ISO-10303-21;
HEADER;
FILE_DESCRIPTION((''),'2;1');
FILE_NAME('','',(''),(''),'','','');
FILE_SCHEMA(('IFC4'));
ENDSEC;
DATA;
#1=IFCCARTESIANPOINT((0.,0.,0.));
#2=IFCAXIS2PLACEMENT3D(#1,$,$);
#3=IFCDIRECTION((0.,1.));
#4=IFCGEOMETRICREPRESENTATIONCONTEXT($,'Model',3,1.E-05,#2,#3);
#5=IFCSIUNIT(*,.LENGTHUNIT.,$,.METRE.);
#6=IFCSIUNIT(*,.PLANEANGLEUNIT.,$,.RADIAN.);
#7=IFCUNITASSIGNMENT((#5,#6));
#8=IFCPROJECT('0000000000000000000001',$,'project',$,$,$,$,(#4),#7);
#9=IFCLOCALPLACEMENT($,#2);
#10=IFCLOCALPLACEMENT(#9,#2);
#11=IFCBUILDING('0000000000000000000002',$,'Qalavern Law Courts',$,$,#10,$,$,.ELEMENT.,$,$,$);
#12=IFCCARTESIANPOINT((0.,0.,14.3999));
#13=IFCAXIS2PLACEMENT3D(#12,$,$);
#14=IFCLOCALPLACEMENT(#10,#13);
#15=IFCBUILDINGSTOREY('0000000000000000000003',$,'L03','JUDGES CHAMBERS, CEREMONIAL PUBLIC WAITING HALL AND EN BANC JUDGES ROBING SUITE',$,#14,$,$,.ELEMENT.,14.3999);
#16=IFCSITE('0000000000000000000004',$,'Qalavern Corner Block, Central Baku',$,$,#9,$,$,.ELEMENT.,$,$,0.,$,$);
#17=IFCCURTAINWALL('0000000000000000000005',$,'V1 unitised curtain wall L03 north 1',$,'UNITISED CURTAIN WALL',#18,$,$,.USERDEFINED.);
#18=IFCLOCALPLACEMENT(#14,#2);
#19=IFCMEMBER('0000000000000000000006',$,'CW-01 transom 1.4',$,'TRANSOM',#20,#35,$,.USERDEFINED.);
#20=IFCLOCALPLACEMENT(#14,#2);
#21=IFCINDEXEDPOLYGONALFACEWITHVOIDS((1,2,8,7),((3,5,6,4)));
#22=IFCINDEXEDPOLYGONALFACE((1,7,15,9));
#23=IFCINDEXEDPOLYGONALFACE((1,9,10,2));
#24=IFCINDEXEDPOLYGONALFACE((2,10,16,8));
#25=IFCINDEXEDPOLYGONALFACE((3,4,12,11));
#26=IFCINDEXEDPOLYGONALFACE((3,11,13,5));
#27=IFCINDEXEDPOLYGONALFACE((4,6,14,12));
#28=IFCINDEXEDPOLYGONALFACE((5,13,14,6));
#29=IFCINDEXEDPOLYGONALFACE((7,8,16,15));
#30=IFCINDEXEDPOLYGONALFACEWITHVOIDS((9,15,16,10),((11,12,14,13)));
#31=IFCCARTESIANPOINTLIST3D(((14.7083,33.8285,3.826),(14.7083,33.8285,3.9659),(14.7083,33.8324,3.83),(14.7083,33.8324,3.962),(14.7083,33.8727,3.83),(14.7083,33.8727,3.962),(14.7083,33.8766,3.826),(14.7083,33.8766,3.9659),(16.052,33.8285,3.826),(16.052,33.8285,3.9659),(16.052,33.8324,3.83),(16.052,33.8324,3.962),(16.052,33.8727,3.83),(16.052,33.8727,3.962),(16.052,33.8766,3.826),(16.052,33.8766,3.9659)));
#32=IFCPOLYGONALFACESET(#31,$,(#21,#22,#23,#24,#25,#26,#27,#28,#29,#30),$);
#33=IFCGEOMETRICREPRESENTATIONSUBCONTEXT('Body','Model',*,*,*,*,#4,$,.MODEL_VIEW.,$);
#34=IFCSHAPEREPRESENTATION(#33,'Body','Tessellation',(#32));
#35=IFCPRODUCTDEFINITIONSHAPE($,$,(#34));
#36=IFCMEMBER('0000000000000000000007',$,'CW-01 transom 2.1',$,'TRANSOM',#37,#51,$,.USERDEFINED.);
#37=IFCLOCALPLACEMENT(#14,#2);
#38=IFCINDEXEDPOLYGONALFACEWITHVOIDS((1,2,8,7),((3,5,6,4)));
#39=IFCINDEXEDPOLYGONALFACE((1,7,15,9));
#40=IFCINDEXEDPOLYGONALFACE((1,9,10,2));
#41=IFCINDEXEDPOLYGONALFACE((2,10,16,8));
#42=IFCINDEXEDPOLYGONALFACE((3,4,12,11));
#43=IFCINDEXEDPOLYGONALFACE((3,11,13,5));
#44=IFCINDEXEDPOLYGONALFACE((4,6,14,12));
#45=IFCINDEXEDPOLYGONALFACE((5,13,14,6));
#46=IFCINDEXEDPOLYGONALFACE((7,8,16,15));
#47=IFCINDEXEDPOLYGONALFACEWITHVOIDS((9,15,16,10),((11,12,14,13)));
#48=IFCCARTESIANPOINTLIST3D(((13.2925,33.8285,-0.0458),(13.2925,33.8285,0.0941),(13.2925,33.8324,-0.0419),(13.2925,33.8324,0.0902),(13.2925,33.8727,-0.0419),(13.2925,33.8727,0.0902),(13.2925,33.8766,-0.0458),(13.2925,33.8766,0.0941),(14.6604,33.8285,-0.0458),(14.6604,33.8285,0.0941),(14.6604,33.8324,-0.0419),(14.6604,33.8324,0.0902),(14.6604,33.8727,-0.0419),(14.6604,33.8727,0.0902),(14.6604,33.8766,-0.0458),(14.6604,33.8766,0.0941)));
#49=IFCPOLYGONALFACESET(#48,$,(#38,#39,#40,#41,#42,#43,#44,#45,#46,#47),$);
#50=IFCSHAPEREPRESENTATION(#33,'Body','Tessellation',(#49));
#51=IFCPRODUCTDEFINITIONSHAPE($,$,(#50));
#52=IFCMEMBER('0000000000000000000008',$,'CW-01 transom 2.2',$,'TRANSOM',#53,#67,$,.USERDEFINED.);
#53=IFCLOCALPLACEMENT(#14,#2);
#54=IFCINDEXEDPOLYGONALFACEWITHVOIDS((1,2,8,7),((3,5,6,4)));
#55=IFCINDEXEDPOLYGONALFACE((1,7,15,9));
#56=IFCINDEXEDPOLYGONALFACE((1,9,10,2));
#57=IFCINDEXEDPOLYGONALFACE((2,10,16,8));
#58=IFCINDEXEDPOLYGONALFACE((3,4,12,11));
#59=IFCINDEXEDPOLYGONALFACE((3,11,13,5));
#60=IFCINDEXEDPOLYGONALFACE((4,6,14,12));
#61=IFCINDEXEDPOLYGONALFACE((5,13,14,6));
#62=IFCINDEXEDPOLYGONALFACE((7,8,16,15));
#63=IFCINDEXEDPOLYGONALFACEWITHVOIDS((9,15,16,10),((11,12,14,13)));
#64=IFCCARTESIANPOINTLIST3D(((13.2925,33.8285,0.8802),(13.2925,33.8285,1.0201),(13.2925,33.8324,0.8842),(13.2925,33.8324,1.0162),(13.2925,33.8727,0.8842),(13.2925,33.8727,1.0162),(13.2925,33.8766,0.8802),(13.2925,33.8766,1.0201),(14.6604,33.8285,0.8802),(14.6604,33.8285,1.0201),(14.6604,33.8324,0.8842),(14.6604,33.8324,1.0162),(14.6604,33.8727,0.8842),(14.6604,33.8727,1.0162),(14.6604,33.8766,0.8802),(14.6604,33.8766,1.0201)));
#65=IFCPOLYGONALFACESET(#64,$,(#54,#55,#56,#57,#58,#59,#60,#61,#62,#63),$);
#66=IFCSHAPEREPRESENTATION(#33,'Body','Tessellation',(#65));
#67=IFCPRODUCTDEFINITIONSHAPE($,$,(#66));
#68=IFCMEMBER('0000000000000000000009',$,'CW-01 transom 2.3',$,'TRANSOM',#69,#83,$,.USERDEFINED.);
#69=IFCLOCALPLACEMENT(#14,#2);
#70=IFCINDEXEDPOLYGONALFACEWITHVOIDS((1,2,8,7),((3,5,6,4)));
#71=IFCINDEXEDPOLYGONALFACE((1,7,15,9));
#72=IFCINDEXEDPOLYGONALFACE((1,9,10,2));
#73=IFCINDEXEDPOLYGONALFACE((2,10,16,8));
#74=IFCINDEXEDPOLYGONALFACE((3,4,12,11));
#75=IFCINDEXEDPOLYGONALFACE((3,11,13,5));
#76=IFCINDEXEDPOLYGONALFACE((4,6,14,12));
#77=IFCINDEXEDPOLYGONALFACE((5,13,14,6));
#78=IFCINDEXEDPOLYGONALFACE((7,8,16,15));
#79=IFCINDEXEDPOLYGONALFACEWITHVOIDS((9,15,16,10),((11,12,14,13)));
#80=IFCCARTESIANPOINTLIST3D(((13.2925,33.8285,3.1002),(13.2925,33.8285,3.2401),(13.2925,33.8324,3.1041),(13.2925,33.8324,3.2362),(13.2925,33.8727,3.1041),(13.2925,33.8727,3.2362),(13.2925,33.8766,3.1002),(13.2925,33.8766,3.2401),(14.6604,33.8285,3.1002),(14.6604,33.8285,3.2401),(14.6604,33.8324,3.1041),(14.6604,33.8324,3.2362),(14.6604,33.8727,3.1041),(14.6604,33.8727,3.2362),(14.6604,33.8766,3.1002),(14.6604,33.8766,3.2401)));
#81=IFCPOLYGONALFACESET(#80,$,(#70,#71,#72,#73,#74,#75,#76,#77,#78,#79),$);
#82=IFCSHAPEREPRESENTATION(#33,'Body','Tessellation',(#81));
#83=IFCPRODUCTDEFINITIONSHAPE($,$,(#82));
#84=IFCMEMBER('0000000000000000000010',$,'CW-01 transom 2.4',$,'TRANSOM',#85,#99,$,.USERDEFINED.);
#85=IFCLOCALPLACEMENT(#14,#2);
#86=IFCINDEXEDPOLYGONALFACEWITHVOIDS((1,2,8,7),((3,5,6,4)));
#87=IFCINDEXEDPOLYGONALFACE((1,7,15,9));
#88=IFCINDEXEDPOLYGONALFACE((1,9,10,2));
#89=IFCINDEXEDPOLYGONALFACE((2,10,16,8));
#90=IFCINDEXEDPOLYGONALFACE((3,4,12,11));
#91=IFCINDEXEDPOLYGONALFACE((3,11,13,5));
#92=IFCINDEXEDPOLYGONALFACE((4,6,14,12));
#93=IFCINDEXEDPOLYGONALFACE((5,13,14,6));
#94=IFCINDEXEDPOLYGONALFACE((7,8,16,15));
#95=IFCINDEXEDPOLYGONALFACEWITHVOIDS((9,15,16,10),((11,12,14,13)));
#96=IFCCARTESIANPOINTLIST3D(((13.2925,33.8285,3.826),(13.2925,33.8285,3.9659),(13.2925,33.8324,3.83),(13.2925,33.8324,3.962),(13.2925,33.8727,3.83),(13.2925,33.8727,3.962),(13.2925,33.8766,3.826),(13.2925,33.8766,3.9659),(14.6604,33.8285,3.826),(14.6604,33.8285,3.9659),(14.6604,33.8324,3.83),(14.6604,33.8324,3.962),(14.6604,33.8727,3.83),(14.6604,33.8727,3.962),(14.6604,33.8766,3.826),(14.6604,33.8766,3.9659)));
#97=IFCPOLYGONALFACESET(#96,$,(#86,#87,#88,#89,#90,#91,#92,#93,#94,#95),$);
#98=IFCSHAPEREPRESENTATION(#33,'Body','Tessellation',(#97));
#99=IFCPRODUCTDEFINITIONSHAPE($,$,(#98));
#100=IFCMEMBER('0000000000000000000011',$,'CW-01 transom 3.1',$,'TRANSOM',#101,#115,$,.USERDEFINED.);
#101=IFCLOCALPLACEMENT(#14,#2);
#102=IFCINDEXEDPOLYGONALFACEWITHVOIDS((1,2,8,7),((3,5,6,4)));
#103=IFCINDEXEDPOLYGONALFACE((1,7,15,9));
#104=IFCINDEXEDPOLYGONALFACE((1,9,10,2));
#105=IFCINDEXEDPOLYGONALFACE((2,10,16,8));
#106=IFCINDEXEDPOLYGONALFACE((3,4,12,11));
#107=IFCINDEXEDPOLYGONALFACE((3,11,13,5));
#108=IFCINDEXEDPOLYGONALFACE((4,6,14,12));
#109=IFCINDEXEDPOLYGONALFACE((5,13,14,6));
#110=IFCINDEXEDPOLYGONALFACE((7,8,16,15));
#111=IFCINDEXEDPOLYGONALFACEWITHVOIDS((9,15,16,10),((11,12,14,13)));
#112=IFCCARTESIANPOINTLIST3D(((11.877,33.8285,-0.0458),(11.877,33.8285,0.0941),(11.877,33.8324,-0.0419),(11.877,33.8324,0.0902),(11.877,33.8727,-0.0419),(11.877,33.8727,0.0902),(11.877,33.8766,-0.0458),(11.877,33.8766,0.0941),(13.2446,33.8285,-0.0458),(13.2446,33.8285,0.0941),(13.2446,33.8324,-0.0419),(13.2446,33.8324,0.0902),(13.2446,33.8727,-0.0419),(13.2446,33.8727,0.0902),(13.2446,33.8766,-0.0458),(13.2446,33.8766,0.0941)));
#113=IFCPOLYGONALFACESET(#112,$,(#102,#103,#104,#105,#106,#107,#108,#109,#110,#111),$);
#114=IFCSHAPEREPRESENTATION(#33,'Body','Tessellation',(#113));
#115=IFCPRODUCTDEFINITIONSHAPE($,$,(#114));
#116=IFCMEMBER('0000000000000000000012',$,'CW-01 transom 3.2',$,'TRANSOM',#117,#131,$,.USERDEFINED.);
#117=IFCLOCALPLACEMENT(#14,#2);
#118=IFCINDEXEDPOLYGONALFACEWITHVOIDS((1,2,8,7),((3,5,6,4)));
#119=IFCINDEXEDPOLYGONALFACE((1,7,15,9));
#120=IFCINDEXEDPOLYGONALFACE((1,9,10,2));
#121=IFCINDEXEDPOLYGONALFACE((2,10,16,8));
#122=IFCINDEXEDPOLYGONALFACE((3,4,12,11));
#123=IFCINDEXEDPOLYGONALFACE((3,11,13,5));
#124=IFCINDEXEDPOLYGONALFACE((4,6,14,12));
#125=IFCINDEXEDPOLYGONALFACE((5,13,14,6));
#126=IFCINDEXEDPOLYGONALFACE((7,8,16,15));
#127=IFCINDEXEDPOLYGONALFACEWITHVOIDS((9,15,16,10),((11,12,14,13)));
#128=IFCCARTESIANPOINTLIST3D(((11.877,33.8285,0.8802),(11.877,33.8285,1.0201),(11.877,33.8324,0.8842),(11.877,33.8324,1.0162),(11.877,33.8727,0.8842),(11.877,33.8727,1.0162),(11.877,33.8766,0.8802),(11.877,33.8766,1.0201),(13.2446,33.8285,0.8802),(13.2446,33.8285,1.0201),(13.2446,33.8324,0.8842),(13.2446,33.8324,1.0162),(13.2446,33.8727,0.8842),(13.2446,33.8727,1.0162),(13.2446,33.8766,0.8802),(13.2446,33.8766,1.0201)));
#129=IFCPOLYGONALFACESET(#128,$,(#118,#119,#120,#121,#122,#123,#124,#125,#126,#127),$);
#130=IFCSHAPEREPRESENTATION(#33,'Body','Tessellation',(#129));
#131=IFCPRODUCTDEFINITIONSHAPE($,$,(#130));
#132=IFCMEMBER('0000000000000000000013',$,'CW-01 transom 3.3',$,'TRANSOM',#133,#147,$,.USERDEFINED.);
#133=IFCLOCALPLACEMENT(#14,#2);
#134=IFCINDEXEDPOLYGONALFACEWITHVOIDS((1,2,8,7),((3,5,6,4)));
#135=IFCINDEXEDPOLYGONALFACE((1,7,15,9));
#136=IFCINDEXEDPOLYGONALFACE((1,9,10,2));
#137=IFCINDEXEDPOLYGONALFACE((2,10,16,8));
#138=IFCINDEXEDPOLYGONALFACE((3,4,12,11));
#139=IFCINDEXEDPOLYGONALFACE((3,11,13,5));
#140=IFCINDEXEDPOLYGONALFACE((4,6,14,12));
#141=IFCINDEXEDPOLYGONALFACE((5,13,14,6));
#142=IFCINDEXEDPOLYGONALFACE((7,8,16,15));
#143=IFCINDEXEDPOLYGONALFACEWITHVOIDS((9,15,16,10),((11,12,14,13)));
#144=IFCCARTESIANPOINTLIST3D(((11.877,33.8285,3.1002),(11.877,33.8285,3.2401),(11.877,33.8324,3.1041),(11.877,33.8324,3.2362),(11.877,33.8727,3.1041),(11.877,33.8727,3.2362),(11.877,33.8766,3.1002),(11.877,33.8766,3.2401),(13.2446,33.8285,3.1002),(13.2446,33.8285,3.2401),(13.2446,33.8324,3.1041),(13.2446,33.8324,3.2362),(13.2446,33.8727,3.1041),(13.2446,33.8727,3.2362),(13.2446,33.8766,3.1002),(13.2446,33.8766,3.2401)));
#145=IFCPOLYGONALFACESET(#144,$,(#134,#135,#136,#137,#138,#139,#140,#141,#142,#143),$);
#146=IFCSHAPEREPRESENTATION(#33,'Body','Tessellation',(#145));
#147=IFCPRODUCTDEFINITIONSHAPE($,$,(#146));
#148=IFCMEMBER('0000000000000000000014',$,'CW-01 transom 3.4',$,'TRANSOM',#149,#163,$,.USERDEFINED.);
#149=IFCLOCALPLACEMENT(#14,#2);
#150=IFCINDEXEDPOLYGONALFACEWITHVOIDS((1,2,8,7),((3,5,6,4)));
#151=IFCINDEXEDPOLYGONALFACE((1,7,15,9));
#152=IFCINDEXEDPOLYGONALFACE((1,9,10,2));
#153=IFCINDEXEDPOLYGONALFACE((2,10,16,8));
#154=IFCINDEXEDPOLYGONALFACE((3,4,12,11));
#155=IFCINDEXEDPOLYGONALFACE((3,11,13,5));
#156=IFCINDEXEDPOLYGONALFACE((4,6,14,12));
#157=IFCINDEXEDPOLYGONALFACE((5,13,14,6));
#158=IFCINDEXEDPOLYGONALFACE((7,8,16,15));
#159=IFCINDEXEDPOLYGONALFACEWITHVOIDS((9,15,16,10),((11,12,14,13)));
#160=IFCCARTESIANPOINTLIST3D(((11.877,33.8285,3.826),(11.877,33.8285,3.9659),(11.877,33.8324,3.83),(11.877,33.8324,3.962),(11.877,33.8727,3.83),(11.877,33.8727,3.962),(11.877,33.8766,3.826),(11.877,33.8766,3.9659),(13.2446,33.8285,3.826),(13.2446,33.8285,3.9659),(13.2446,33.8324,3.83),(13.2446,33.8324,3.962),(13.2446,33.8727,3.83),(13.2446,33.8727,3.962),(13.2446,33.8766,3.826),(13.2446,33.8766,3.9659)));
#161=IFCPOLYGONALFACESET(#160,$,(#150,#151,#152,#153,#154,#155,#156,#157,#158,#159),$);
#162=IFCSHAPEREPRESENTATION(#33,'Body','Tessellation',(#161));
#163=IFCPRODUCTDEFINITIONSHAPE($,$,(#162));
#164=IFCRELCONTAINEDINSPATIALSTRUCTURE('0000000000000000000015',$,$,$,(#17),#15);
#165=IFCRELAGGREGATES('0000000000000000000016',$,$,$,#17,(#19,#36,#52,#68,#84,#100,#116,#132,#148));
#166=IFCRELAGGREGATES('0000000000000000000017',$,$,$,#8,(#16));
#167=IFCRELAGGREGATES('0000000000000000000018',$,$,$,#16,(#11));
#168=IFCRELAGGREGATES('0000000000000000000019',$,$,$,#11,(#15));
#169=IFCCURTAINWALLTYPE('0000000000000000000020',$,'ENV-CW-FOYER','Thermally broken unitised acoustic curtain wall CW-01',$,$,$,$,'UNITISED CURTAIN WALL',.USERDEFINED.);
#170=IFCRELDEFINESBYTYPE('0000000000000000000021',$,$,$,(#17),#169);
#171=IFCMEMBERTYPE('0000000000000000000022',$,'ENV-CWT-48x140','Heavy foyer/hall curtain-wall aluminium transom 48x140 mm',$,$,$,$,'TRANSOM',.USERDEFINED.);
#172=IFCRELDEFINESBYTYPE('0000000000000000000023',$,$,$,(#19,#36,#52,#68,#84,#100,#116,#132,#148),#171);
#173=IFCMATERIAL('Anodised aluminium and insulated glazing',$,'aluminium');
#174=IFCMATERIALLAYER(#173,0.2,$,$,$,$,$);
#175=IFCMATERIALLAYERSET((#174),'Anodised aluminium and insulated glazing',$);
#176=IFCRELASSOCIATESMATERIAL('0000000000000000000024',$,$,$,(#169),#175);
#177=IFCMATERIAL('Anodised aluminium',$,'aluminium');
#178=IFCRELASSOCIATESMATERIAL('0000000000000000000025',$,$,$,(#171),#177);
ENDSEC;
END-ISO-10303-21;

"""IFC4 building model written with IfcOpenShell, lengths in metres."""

from ifc_helpers import new_model, si_unit, direction, frame, origin, origin_2d, place, context, subcontext, project, spatial, hollow_rectangle, extrude, material, layer, layer_set, material_profile, profile_set, type_object, element, aggregate, save


model = new_model("IFC4")

# Units and contexts
model_context = context("Model", 3, precision=1e-05, world=origin(), true_north=direction((0.0, 1.0)))
body_context = subcontext(model_context, "Body", "Model", "MODEL_VIEW")
ifc_project = project(units=[si_unit("LENGTHUNIT", "METRE"), si_unit("PLANEANGLEUNIT", "RADIAN")], contexts=[model_context])

# Site, building, storey
site_placement = place(None, origin())
site = spatial("IfcSite", under=ifc_project, at=site_placement, Name="Qalavern Corner Block, Central Baku", CompositionType="ELEMENT", RefElevation=0.0)
building_placement = place(site_placement, origin())
building = spatial("IfcBuilding", under=site, at=building_placement, Name="Qalavern Law Courts", CompositionType="ELEMENT")
storey_placement = place(building_placement, frame((0.0, 0.0, 14.3999)))
storey = spatial("IfcBuildingStorey", under=building, at=storey_placement, Name="L03", Description="JUDGES CHAMBERS, CEREMONIAL PUBLIC WAITING HALL AND EN BANC JUDGES ROBING SUITE", CompositionType="ELEMENT", Elevation=14.3999)

# Shared definitions
ifc_material_1 = material(Name="Anodised aluminium and insulated glazing", Category="aluminium")
ifc_material_2 = material(Name="Anodised aluminium", Category="aluminium")

# Curtain wall
ifc_layer_1 = layer(ifc_material_1, 0.2)
ifc_layer_set_1 = layer_set([ifc_layer_1], Name="Anodised aluminium and insulated glazing")
curtain_wall_type_1 = type_object("IfcCurtainWallType", Name="ENV-CW-FOYER", Description="Thermally broken unitised acoustic curtain wall CW-01", ElementType="UNITISED CURTAIN WALL", PredefinedType="USERDEFINED", material=ifc_layer_set_1)
curtain_wall_1_placement = place(storey_placement, origin())
curtain_wall_1 = element("IfcCurtainWall", 1, at=curtain_wall_1_placement, inside=storey, type_object=curtain_wall_type_1, Name="V1 unitised curtain wall L03 north 1", ObjectType="UNITISED CURTAIN WALL", PredefinedType="USERDEFINED")

# Members
ifc_material_profile_1 = material_profile(ifc_material_2, hollow_rectangle(XDim=0.0481, YDim=0.1399, WallThickness=0.0039, at=origin_2d()), Name="ALU TRANSOM 48x140")
ifc_profile_set_1 = profile_set([ifc_material_profile_1], Name="Anodised aluminium")
member_type_1 = type_object("IfcMemberType", Name="ENV-CWT-48x140", Description="Heavy foyer/hall curtain-wall aluminium transom 48x140 mm", ElementType="TRANSOM", PredefinedType="USERDEFINED", material=ifc_profile_set_1)
member_1_placement = place(storey_placement, frame((16.052, 33.8525, 3.896), z_axis=(-1.0, 0.0, 0.0), x_axis=(0.0, -1.0, 0.0)))
member_1 = element("IfcMember", 2, at=member_1_placement, type_object=member_type_1, Name="CW-01 transom 1.4", ObjectType="TRANSOM", PredefinedType="USERDEFINED", context=body_context, shape_type="SweptSolid", body=[
    extrude(hollow_rectangle(XDim=0.0481, YDim=0.1399, WallThickness=0.0039, at=origin_2d()), origin(), (0.0, 0.0, 1.0), 1.3438),
])
member_2_placement = place(storey_placement, frame((14.6604, 33.8525, 0.0242), z_axis=(-1.0, 0.0, 0.0), x_axis=(0.0, -1.0, 0.0)))
member_2 = element("IfcMember", 3, at=member_2_placement, type_object=member_type_1, Name="CW-01 transom 2.1", ObjectType="TRANSOM", PredefinedType="USERDEFINED", context=body_context, shape_type="SweptSolid", body=[
    extrude(hollow_rectangle(XDim=0.0481, YDim=0.1399, WallThickness=0.0039, at=origin_2d()), origin(), (0.0, 0.0, 1.0), 1.3679),
])
member_3_placement = place(storey_placement, frame((14.6604, 33.8525, 0.9502), z_axis=(-1.0, 0.0, 0.0), x_axis=(0.0, -1.0, 0.0)))
member_3 = element("IfcMember", 4, at=member_3_placement, type_object=member_type_1, Name="CW-01 transom 2.2", ObjectType="TRANSOM", PredefinedType="USERDEFINED", context=body_context, shape_type="SweptSolid", body=[
    extrude(hollow_rectangle(XDim=0.0481, YDim=0.1399, WallThickness=0.0039, at=origin_2d()), origin(), (0.0, 0.0, 1.0), 1.3679),
])
member_4_placement = place(storey_placement, frame((14.6604, 33.8525, 3.1702), z_axis=(-1.0, 0.0, 0.0), x_axis=(0.0, -1.0, 0.0)))
member_4 = element("IfcMember", 5, at=member_4_placement, type_object=member_type_1, Name="CW-01 transom 2.3", ObjectType="TRANSOM", PredefinedType="USERDEFINED", context=body_context, shape_type="SweptSolid", body=[
    extrude(hollow_rectangle(XDim=0.0481, YDim=0.1399, WallThickness=0.0039, at=origin_2d()), origin(), (0.0, 0.0, 1.0), 1.3679),
])
member_5_placement = place(storey_placement, frame((14.6604, 33.8525, 3.896), z_axis=(-1.0, 0.0, 0.0), x_axis=(0.0, -1.0, 0.0)))
member_5 = element("IfcMember", 6, at=member_5_placement, type_object=member_type_1, Name="CW-01 transom 2.4", ObjectType="TRANSOM", PredefinedType="USERDEFINED", context=body_context, shape_type="SweptSolid", body=[
    extrude(hollow_rectangle(XDim=0.0481, YDim=0.1399, WallThickness=0.0039, at=origin_2d()), origin(), (0.0, 0.0, 1.0), 1.3679),
])
member_6_placement = place(storey_placement, frame((13.2446, 33.8525, 0.0242), z_axis=(-1.0, 0.0, 0.0), x_axis=(0.0, -1.0, 0.0)))
member_6 = element("IfcMember", 7, at=member_6_placement, type_object=member_type_1, Name="CW-01 transom 3.1", ObjectType="TRANSOM", PredefinedType="USERDEFINED", context=body_context, shape_type="SweptSolid", body=[
    extrude(hollow_rectangle(XDim=0.0481, YDim=0.1399, WallThickness=0.0039, at=origin_2d()), origin(), (0.0, 0.0, 1.0), 1.3677),
])
member_7_placement = place(storey_placement, frame((13.2446, 33.8525, 0.9502), z_axis=(-1.0, 0.0, 0.0), x_axis=(0.0, -1.0, 0.0)))
member_7 = element("IfcMember", 8, at=member_7_placement, type_object=member_type_1, Name="CW-01 transom 3.2", ObjectType="TRANSOM", PredefinedType="USERDEFINED", context=body_context, shape_type="SweptSolid", body=[
    extrude(hollow_rectangle(XDim=0.0481, YDim=0.1399, WallThickness=0.0039, at=origin_2d()), origin(), (0.0, 0.0, 1.0), 1.3677),
])
member_8_placement = place(storey_placement, frame((13.2446, 33.8525, 3.1702), z_axis=(-1.0, 0.0, 0.0), x_axis=(0.0, -1.0, 0.0)))
member_8 = element("IfcMember", 9, at=member_8_placement, type_object=member_type_1, Name="CW-01 transom 3.3", ObjectType="TRANSOM", PredefinedType="USERDEFINED", context=body_context, shape_type="SweptSolid", body=[
    extrude(hollow_rectangle(XDim=0.0481, YDim=0.1399, WallThickness=0.0039, at=origin_2d()), origin(), (0.0, 0.0, 1.0), 1.3677),
])
member_9_placement = place(storey_placement, frame((13.2446, 33.8525, 3.896), z_axis=(-1.0, 0.0, 0.0), x_axis=(0.0, -1.0, 0.0)))
member_9 = element("IfcMember", 10, at=member_9_placement, type_object=member_type_1, Name="CW-01 transom 3.4", ObjectType="TRANSOM", PredefinedType="USERDEFINED", context=body_context, shape_type="SweptSolid", body=[
    extrude(hollow_rectangle(XDim=0.0481, YDim=0.1399, WallThickness=0.0039, at=origin_2d()), origin(), (0.0, 0.0, 1.0), 1.3677),
])

aggregate(curtain_wall_1, [member_1, member_2, member_3, member_4, member_5, member_6, member_7, member_8, member_9])

save(model, "model.ifc")
